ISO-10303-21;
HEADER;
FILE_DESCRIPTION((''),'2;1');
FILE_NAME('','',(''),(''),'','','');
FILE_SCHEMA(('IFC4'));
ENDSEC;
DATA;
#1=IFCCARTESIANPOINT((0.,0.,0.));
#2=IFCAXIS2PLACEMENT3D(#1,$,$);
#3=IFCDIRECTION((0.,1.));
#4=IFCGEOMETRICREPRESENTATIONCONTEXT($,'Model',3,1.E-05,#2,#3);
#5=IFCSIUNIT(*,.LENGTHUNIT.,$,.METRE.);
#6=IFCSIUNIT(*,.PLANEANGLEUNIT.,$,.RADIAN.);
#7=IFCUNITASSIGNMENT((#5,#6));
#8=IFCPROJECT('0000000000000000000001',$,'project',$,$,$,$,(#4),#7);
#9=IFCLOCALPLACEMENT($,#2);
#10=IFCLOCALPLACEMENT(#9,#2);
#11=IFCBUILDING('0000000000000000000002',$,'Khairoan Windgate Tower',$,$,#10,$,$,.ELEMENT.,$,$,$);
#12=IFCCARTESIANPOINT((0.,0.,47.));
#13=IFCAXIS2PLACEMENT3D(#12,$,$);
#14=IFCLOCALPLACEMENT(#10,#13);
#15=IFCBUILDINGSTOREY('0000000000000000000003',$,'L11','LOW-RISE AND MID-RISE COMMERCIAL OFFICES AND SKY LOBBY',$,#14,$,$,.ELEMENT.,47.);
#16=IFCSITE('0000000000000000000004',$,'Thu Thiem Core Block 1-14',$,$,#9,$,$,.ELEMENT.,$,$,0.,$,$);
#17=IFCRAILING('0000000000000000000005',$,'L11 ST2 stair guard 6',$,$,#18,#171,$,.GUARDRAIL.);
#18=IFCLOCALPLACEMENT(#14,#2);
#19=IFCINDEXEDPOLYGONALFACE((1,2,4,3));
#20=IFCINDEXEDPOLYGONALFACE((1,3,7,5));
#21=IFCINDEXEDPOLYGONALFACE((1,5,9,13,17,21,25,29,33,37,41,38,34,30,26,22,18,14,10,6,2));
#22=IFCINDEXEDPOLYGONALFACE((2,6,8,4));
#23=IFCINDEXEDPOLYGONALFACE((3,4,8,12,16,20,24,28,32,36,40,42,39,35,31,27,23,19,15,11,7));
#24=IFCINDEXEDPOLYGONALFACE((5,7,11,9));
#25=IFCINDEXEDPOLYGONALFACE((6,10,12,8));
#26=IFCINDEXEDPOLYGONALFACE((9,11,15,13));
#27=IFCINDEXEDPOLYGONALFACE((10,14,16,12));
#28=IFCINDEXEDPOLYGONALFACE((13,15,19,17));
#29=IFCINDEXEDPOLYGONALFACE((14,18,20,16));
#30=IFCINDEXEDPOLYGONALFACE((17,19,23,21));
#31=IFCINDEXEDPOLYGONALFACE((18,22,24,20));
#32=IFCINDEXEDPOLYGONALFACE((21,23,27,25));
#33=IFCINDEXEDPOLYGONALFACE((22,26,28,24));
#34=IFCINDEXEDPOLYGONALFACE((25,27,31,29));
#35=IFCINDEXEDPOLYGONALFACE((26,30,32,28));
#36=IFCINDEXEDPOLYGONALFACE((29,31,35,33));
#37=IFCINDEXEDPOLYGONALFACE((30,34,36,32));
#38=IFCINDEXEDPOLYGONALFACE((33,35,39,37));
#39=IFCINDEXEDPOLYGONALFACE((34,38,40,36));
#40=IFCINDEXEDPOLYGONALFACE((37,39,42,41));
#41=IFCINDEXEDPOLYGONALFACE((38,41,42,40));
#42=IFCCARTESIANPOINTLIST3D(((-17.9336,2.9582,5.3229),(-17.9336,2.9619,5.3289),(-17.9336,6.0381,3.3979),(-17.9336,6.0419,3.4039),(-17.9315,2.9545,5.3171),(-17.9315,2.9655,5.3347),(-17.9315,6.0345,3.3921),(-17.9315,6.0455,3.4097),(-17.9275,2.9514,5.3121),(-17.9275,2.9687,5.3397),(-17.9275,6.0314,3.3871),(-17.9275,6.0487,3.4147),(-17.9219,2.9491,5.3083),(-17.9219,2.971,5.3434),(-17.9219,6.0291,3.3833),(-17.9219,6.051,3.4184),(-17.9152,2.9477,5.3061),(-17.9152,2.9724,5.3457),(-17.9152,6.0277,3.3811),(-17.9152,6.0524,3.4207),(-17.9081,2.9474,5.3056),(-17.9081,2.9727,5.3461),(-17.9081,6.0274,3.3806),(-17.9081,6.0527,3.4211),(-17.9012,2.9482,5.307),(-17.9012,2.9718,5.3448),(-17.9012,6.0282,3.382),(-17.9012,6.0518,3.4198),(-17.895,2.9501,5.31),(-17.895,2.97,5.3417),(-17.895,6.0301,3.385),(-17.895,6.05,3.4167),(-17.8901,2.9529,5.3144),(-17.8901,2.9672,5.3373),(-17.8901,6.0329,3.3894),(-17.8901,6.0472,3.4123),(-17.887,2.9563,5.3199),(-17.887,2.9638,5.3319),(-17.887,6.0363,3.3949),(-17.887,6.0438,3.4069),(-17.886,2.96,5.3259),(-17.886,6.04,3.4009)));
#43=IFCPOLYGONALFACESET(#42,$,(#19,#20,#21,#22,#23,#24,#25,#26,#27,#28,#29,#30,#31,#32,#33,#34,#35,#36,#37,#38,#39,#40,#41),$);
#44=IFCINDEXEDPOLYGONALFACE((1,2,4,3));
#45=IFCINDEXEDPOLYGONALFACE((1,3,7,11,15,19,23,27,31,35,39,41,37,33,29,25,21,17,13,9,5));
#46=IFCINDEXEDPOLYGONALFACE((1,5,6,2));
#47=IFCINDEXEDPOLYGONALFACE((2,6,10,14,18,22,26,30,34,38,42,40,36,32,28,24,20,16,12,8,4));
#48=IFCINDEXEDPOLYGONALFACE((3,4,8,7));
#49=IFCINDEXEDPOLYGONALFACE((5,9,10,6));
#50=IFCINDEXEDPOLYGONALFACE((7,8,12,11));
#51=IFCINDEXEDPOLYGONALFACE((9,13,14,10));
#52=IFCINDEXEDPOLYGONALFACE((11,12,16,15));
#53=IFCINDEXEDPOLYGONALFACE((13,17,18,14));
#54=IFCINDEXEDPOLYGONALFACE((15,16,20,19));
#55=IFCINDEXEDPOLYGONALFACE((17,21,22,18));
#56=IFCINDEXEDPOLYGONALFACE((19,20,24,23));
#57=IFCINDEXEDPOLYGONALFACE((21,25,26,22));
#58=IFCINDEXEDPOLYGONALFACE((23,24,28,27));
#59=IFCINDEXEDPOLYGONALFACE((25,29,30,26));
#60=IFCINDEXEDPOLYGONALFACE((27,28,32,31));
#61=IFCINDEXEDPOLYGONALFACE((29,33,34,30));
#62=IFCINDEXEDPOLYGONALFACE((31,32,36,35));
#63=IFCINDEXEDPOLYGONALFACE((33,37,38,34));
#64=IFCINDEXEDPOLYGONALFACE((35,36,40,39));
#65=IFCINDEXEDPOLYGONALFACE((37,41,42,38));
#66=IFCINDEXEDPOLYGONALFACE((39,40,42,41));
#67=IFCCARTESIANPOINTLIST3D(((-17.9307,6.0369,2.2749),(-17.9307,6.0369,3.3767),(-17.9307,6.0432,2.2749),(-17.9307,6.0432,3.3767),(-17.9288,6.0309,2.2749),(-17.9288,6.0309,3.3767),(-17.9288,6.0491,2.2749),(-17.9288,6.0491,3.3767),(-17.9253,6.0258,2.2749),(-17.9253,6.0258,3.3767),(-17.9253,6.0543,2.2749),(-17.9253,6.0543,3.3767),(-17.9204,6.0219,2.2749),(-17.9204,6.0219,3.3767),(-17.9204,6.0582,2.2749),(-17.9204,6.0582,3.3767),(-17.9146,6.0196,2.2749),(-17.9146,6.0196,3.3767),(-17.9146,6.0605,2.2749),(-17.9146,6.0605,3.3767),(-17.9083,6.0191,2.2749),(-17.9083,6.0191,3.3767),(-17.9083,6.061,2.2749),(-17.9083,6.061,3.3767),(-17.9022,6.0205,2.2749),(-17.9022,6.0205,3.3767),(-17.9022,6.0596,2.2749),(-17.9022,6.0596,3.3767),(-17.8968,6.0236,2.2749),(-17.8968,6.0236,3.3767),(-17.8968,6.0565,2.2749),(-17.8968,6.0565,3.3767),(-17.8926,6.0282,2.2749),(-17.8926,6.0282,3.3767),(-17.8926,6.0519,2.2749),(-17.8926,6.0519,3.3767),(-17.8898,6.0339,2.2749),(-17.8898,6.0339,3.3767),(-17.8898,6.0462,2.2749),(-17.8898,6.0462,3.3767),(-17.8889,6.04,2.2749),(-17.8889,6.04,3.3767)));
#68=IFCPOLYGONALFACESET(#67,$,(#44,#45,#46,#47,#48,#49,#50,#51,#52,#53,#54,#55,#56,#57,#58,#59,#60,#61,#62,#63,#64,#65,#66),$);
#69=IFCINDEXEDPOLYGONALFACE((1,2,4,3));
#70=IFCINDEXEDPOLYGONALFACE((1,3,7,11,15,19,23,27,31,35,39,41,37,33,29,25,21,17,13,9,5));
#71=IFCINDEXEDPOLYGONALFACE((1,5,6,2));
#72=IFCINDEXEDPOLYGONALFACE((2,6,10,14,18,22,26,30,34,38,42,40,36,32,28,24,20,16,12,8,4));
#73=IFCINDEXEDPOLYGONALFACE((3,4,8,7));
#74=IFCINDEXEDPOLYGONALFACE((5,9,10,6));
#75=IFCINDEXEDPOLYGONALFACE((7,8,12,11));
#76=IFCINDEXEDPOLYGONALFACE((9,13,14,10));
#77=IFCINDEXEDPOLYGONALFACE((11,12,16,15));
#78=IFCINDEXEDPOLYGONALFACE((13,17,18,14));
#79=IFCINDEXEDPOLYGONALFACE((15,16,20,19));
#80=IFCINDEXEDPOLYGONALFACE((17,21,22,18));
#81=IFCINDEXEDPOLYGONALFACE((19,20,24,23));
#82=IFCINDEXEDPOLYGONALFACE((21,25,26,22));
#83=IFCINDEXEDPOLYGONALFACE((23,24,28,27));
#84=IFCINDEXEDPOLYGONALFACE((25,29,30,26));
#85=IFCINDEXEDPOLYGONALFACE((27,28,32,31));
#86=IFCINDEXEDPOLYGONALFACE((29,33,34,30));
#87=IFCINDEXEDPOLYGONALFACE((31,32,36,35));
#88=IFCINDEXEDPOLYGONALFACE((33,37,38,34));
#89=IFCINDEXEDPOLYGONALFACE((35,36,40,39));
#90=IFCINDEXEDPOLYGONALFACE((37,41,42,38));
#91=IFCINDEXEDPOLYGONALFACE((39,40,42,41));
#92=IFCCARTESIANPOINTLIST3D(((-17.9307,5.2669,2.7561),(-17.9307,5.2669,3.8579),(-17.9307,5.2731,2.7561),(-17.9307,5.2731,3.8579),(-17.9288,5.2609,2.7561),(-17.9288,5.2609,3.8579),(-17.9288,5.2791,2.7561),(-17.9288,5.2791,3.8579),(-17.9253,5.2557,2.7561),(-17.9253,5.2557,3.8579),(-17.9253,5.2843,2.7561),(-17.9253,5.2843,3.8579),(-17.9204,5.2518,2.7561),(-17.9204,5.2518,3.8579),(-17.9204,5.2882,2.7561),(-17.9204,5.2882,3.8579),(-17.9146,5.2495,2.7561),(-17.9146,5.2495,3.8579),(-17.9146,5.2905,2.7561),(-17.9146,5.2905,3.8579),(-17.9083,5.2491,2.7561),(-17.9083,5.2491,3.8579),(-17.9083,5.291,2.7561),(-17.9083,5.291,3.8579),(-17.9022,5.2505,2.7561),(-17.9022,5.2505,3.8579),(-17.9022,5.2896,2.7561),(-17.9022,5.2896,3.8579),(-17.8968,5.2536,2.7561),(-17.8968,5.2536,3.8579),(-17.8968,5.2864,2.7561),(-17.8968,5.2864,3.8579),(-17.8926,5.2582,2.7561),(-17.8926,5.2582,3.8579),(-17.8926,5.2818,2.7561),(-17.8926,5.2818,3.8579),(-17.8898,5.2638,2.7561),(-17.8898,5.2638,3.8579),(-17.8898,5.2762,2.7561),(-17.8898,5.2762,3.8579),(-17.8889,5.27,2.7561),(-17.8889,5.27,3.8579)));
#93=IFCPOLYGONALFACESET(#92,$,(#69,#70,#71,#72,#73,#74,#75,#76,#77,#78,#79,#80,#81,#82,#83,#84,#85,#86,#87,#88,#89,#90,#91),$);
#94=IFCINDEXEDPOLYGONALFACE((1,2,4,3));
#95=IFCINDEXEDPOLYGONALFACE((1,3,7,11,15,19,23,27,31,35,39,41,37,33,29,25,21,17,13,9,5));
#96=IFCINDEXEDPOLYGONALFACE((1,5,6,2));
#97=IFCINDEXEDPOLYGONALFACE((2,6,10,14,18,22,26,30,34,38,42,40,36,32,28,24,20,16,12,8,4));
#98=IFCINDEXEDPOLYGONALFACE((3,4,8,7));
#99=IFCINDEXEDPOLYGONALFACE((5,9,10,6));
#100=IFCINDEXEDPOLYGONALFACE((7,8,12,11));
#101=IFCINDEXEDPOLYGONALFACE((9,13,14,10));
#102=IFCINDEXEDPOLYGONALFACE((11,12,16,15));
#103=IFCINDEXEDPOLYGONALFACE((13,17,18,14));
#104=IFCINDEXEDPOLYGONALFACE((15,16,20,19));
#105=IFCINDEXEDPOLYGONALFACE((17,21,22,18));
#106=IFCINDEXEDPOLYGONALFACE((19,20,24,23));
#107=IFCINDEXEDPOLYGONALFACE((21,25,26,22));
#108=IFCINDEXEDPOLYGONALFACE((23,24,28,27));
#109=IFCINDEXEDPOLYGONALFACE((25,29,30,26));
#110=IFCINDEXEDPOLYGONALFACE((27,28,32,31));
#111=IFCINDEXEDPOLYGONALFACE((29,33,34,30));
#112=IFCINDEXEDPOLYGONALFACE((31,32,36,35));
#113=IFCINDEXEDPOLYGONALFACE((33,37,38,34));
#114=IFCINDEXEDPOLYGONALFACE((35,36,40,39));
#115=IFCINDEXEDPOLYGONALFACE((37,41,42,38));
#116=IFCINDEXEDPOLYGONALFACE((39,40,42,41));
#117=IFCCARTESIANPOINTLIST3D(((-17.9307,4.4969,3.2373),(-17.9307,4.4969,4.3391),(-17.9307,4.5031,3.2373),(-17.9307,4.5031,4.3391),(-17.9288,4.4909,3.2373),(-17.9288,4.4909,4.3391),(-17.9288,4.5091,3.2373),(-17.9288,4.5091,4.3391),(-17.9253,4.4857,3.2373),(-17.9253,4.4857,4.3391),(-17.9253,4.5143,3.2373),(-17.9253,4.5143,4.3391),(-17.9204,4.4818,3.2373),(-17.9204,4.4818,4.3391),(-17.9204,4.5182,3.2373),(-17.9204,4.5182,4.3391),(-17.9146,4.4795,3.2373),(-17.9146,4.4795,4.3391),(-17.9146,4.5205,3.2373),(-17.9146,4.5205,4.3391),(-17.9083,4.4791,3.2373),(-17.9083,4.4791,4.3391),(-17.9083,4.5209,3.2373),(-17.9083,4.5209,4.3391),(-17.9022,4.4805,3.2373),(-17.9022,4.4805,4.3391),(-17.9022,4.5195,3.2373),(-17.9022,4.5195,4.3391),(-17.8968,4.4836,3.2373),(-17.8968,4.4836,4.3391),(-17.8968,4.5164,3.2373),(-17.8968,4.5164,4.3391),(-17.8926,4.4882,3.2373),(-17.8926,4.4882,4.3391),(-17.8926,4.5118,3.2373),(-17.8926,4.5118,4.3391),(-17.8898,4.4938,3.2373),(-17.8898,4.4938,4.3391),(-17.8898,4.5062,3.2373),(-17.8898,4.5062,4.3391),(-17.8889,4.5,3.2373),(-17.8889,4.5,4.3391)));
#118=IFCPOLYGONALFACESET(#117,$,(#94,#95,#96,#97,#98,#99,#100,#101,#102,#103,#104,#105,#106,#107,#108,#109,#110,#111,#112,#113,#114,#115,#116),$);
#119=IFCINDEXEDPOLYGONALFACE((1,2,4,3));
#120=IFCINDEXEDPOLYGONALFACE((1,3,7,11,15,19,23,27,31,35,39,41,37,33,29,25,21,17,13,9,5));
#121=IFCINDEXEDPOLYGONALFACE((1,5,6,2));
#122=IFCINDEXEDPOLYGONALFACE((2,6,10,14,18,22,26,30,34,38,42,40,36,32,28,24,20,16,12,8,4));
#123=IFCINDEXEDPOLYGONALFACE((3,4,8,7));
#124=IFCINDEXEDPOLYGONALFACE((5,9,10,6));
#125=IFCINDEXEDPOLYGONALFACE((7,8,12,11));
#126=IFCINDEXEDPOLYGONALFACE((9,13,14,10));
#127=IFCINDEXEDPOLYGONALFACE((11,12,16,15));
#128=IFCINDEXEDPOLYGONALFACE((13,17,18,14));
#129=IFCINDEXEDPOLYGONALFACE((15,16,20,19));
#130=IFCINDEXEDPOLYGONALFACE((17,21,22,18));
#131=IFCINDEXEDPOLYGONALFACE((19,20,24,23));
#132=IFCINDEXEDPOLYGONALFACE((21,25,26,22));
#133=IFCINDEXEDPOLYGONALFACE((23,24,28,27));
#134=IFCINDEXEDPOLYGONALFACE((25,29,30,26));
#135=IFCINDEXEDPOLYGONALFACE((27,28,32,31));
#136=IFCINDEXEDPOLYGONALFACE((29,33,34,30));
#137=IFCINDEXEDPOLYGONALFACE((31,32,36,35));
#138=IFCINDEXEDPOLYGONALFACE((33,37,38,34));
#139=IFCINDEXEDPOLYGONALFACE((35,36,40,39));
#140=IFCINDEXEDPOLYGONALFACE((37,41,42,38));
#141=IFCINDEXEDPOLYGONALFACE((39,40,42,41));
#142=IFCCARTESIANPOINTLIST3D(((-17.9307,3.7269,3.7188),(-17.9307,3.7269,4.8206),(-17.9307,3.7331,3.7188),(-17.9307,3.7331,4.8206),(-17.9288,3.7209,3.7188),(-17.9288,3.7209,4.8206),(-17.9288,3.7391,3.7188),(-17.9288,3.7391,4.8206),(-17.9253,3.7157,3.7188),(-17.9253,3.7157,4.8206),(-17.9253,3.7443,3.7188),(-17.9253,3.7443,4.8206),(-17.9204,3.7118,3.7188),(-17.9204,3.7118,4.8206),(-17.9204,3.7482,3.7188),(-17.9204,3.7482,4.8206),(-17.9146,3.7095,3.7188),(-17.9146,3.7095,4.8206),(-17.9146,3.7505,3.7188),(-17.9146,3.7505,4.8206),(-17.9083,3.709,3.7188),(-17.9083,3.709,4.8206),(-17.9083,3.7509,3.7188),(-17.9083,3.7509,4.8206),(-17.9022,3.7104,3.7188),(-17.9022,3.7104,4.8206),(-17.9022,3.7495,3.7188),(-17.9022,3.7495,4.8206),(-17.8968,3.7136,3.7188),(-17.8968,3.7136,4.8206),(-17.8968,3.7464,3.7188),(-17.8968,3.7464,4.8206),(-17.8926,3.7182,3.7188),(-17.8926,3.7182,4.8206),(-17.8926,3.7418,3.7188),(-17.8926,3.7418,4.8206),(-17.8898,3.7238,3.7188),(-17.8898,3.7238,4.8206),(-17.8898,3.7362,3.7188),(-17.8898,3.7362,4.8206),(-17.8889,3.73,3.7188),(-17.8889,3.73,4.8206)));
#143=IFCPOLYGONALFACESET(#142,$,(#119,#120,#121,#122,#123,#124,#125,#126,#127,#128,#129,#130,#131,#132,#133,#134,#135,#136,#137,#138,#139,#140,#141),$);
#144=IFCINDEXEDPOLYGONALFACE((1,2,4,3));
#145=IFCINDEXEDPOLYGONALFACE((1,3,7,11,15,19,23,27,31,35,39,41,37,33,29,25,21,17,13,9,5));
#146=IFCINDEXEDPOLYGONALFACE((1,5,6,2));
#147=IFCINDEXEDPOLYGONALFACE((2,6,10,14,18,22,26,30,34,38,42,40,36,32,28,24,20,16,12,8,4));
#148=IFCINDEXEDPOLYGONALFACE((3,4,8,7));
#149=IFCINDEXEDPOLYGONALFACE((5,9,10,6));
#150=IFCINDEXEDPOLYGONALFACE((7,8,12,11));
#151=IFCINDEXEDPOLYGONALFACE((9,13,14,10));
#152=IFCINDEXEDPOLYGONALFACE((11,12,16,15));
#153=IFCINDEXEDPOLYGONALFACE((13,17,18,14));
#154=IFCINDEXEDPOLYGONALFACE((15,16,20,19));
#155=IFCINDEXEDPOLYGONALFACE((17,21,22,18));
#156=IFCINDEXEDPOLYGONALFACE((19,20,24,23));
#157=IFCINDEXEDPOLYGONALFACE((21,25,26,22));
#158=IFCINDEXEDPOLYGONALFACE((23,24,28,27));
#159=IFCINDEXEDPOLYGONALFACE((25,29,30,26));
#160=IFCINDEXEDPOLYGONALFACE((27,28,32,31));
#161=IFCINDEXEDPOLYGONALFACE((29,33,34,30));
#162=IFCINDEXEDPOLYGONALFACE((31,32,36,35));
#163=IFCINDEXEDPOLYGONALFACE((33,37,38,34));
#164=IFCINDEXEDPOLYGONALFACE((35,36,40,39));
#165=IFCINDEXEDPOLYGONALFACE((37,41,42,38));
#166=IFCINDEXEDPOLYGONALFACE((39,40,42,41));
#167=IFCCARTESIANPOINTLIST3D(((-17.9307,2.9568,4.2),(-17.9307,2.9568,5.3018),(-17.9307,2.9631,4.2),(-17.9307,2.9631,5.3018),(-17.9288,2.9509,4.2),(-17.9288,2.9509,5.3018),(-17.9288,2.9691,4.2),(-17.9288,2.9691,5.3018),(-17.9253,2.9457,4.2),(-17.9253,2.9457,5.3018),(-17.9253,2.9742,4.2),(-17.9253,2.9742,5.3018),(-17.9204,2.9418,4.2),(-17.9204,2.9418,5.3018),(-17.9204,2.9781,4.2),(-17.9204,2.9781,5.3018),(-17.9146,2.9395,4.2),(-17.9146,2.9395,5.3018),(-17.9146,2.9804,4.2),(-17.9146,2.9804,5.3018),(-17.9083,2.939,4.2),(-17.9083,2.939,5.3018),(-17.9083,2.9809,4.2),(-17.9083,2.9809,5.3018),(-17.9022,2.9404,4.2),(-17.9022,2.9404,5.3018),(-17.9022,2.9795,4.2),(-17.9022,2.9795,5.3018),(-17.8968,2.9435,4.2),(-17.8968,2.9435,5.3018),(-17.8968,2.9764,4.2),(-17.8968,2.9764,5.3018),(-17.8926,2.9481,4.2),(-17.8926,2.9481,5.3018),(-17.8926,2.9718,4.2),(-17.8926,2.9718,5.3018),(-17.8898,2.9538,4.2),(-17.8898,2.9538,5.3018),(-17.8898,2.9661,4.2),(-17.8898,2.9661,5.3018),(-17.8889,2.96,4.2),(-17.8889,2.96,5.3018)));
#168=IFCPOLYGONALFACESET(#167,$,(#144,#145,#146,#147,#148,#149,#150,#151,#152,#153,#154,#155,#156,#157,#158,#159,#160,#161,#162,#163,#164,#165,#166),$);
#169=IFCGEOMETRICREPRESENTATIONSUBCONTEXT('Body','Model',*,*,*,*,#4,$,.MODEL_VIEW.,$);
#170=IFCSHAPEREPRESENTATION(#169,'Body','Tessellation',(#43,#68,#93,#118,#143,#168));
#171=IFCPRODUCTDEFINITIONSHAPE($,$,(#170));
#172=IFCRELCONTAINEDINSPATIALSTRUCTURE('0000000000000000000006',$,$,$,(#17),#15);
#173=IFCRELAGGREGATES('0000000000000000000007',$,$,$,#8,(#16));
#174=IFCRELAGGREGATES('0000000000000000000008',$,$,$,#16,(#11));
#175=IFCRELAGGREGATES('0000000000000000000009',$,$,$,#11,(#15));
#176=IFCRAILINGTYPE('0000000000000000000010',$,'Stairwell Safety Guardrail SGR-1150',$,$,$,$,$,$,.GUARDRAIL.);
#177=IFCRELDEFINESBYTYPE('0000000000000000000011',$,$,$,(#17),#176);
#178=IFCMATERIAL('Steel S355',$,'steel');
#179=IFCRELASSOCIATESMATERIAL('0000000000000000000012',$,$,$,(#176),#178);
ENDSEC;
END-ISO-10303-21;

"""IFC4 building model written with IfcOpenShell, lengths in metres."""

from ifc_helpers import new_model, si_unit, direction, frame, origin, origin_2d, place, context, subcontext, project, spatial, circle, extrude, material, type_object, element, save


model = new_model("IFC4")

# Units and contexts
model_context = context("Model", 3, precision=1e-05, world=origin(), true_north=direction((0.0, 1.0)))
body_context = subcontext(model_context, "Body", "Model", "MODEL_VIEW")
ifc_project = project(units=[si_unit("LENGTHUNIT", "METRE"), si_unit("PLANEANGLEUNIT", "RADIAN")], contexts=[model_context])

# Site, building, storey
site_placement = place(None, origin())
site = spatial("IfcSite", under=ifc_project, at=site_placement, Name="Thu Thiem Core Block 1-14", CompositionType="ELEMENT", RefElevation=0.0)
building_placement = place(site_placement, origin())
building = spatial("IfcBuilding", under=site, at=building_placement, Name="Khairoan Windgate Tower", CompositionType="ELEMENT")
storey_placement = place(building_placement, frame((0.0, 0.0, 47.0)))
storey = spatial("IfcBuildingStorey", under=building, at=storey_placement, Name="L11", Description="LOW-RISE AND MID-RISE COMMERCIAL OFFICES AND SKY LOBBY", CompositionType="ELEMENT", Elevation=47.0)

# Railing
ifc_material_1 = material(Name="Steel S355", Category="steel")
railing_type_1 = type_object("IfcRailingType", Name="Stairwell Safety Guardrail SGR-1150", PredefinedType="GUARDRAIL", material=ifc_material_1)
railing_1_placement = place(storey_placement, frame((-17.9099, 6.04, 2.2749)))
element("IfcRailing", 1, at=railing_1_placement, inside=storey, type_object=railing_type_1, Name="L11 ST2 stair guard 6", PredefinedType="GUARDRAIL", context=body_context, shape_type="SweptSolid", body=[
    extrude(circle(Radius=0.0239, at=origin_2d()), frame((0.0, 0.0, 1.126), z_axis=(0.0, -0.847998, 0.529999), x_axis=(1.0, 0.0, 0.0)), (0.0, 0.0, 1.0), 3.6321),
    extrude(circle(Radius=0.021, at=origin_2d()), origin(), (0.0, 0.0, 1.0), 1.1018),
    extrude(circle(Radius=0.021, at=origin_2d()), frame((0.0, -0.77, 0.4812)), (0.0, 0.0, 1.0), 1.1018),
    extrude(circle(Radius=0.021, at=origin_2d()), frame((0.0, -1.54, 0.9624)), (0.0, 0.0, 1.0), 1.1018),
    extrude(circle(Radius=0.021, at=origin_2d()), frame((0.0, -2.3101, 1.4438)), (0.0, 0.0, 1.0), 1.1018),
    extrude(circle(Radius=0.021, at=origin_2d()), frame((0.0, -3.0801, 1.925)), (0.0, 0.0, 1.0), 1.1018),
])

save(model, "model.ifc")
